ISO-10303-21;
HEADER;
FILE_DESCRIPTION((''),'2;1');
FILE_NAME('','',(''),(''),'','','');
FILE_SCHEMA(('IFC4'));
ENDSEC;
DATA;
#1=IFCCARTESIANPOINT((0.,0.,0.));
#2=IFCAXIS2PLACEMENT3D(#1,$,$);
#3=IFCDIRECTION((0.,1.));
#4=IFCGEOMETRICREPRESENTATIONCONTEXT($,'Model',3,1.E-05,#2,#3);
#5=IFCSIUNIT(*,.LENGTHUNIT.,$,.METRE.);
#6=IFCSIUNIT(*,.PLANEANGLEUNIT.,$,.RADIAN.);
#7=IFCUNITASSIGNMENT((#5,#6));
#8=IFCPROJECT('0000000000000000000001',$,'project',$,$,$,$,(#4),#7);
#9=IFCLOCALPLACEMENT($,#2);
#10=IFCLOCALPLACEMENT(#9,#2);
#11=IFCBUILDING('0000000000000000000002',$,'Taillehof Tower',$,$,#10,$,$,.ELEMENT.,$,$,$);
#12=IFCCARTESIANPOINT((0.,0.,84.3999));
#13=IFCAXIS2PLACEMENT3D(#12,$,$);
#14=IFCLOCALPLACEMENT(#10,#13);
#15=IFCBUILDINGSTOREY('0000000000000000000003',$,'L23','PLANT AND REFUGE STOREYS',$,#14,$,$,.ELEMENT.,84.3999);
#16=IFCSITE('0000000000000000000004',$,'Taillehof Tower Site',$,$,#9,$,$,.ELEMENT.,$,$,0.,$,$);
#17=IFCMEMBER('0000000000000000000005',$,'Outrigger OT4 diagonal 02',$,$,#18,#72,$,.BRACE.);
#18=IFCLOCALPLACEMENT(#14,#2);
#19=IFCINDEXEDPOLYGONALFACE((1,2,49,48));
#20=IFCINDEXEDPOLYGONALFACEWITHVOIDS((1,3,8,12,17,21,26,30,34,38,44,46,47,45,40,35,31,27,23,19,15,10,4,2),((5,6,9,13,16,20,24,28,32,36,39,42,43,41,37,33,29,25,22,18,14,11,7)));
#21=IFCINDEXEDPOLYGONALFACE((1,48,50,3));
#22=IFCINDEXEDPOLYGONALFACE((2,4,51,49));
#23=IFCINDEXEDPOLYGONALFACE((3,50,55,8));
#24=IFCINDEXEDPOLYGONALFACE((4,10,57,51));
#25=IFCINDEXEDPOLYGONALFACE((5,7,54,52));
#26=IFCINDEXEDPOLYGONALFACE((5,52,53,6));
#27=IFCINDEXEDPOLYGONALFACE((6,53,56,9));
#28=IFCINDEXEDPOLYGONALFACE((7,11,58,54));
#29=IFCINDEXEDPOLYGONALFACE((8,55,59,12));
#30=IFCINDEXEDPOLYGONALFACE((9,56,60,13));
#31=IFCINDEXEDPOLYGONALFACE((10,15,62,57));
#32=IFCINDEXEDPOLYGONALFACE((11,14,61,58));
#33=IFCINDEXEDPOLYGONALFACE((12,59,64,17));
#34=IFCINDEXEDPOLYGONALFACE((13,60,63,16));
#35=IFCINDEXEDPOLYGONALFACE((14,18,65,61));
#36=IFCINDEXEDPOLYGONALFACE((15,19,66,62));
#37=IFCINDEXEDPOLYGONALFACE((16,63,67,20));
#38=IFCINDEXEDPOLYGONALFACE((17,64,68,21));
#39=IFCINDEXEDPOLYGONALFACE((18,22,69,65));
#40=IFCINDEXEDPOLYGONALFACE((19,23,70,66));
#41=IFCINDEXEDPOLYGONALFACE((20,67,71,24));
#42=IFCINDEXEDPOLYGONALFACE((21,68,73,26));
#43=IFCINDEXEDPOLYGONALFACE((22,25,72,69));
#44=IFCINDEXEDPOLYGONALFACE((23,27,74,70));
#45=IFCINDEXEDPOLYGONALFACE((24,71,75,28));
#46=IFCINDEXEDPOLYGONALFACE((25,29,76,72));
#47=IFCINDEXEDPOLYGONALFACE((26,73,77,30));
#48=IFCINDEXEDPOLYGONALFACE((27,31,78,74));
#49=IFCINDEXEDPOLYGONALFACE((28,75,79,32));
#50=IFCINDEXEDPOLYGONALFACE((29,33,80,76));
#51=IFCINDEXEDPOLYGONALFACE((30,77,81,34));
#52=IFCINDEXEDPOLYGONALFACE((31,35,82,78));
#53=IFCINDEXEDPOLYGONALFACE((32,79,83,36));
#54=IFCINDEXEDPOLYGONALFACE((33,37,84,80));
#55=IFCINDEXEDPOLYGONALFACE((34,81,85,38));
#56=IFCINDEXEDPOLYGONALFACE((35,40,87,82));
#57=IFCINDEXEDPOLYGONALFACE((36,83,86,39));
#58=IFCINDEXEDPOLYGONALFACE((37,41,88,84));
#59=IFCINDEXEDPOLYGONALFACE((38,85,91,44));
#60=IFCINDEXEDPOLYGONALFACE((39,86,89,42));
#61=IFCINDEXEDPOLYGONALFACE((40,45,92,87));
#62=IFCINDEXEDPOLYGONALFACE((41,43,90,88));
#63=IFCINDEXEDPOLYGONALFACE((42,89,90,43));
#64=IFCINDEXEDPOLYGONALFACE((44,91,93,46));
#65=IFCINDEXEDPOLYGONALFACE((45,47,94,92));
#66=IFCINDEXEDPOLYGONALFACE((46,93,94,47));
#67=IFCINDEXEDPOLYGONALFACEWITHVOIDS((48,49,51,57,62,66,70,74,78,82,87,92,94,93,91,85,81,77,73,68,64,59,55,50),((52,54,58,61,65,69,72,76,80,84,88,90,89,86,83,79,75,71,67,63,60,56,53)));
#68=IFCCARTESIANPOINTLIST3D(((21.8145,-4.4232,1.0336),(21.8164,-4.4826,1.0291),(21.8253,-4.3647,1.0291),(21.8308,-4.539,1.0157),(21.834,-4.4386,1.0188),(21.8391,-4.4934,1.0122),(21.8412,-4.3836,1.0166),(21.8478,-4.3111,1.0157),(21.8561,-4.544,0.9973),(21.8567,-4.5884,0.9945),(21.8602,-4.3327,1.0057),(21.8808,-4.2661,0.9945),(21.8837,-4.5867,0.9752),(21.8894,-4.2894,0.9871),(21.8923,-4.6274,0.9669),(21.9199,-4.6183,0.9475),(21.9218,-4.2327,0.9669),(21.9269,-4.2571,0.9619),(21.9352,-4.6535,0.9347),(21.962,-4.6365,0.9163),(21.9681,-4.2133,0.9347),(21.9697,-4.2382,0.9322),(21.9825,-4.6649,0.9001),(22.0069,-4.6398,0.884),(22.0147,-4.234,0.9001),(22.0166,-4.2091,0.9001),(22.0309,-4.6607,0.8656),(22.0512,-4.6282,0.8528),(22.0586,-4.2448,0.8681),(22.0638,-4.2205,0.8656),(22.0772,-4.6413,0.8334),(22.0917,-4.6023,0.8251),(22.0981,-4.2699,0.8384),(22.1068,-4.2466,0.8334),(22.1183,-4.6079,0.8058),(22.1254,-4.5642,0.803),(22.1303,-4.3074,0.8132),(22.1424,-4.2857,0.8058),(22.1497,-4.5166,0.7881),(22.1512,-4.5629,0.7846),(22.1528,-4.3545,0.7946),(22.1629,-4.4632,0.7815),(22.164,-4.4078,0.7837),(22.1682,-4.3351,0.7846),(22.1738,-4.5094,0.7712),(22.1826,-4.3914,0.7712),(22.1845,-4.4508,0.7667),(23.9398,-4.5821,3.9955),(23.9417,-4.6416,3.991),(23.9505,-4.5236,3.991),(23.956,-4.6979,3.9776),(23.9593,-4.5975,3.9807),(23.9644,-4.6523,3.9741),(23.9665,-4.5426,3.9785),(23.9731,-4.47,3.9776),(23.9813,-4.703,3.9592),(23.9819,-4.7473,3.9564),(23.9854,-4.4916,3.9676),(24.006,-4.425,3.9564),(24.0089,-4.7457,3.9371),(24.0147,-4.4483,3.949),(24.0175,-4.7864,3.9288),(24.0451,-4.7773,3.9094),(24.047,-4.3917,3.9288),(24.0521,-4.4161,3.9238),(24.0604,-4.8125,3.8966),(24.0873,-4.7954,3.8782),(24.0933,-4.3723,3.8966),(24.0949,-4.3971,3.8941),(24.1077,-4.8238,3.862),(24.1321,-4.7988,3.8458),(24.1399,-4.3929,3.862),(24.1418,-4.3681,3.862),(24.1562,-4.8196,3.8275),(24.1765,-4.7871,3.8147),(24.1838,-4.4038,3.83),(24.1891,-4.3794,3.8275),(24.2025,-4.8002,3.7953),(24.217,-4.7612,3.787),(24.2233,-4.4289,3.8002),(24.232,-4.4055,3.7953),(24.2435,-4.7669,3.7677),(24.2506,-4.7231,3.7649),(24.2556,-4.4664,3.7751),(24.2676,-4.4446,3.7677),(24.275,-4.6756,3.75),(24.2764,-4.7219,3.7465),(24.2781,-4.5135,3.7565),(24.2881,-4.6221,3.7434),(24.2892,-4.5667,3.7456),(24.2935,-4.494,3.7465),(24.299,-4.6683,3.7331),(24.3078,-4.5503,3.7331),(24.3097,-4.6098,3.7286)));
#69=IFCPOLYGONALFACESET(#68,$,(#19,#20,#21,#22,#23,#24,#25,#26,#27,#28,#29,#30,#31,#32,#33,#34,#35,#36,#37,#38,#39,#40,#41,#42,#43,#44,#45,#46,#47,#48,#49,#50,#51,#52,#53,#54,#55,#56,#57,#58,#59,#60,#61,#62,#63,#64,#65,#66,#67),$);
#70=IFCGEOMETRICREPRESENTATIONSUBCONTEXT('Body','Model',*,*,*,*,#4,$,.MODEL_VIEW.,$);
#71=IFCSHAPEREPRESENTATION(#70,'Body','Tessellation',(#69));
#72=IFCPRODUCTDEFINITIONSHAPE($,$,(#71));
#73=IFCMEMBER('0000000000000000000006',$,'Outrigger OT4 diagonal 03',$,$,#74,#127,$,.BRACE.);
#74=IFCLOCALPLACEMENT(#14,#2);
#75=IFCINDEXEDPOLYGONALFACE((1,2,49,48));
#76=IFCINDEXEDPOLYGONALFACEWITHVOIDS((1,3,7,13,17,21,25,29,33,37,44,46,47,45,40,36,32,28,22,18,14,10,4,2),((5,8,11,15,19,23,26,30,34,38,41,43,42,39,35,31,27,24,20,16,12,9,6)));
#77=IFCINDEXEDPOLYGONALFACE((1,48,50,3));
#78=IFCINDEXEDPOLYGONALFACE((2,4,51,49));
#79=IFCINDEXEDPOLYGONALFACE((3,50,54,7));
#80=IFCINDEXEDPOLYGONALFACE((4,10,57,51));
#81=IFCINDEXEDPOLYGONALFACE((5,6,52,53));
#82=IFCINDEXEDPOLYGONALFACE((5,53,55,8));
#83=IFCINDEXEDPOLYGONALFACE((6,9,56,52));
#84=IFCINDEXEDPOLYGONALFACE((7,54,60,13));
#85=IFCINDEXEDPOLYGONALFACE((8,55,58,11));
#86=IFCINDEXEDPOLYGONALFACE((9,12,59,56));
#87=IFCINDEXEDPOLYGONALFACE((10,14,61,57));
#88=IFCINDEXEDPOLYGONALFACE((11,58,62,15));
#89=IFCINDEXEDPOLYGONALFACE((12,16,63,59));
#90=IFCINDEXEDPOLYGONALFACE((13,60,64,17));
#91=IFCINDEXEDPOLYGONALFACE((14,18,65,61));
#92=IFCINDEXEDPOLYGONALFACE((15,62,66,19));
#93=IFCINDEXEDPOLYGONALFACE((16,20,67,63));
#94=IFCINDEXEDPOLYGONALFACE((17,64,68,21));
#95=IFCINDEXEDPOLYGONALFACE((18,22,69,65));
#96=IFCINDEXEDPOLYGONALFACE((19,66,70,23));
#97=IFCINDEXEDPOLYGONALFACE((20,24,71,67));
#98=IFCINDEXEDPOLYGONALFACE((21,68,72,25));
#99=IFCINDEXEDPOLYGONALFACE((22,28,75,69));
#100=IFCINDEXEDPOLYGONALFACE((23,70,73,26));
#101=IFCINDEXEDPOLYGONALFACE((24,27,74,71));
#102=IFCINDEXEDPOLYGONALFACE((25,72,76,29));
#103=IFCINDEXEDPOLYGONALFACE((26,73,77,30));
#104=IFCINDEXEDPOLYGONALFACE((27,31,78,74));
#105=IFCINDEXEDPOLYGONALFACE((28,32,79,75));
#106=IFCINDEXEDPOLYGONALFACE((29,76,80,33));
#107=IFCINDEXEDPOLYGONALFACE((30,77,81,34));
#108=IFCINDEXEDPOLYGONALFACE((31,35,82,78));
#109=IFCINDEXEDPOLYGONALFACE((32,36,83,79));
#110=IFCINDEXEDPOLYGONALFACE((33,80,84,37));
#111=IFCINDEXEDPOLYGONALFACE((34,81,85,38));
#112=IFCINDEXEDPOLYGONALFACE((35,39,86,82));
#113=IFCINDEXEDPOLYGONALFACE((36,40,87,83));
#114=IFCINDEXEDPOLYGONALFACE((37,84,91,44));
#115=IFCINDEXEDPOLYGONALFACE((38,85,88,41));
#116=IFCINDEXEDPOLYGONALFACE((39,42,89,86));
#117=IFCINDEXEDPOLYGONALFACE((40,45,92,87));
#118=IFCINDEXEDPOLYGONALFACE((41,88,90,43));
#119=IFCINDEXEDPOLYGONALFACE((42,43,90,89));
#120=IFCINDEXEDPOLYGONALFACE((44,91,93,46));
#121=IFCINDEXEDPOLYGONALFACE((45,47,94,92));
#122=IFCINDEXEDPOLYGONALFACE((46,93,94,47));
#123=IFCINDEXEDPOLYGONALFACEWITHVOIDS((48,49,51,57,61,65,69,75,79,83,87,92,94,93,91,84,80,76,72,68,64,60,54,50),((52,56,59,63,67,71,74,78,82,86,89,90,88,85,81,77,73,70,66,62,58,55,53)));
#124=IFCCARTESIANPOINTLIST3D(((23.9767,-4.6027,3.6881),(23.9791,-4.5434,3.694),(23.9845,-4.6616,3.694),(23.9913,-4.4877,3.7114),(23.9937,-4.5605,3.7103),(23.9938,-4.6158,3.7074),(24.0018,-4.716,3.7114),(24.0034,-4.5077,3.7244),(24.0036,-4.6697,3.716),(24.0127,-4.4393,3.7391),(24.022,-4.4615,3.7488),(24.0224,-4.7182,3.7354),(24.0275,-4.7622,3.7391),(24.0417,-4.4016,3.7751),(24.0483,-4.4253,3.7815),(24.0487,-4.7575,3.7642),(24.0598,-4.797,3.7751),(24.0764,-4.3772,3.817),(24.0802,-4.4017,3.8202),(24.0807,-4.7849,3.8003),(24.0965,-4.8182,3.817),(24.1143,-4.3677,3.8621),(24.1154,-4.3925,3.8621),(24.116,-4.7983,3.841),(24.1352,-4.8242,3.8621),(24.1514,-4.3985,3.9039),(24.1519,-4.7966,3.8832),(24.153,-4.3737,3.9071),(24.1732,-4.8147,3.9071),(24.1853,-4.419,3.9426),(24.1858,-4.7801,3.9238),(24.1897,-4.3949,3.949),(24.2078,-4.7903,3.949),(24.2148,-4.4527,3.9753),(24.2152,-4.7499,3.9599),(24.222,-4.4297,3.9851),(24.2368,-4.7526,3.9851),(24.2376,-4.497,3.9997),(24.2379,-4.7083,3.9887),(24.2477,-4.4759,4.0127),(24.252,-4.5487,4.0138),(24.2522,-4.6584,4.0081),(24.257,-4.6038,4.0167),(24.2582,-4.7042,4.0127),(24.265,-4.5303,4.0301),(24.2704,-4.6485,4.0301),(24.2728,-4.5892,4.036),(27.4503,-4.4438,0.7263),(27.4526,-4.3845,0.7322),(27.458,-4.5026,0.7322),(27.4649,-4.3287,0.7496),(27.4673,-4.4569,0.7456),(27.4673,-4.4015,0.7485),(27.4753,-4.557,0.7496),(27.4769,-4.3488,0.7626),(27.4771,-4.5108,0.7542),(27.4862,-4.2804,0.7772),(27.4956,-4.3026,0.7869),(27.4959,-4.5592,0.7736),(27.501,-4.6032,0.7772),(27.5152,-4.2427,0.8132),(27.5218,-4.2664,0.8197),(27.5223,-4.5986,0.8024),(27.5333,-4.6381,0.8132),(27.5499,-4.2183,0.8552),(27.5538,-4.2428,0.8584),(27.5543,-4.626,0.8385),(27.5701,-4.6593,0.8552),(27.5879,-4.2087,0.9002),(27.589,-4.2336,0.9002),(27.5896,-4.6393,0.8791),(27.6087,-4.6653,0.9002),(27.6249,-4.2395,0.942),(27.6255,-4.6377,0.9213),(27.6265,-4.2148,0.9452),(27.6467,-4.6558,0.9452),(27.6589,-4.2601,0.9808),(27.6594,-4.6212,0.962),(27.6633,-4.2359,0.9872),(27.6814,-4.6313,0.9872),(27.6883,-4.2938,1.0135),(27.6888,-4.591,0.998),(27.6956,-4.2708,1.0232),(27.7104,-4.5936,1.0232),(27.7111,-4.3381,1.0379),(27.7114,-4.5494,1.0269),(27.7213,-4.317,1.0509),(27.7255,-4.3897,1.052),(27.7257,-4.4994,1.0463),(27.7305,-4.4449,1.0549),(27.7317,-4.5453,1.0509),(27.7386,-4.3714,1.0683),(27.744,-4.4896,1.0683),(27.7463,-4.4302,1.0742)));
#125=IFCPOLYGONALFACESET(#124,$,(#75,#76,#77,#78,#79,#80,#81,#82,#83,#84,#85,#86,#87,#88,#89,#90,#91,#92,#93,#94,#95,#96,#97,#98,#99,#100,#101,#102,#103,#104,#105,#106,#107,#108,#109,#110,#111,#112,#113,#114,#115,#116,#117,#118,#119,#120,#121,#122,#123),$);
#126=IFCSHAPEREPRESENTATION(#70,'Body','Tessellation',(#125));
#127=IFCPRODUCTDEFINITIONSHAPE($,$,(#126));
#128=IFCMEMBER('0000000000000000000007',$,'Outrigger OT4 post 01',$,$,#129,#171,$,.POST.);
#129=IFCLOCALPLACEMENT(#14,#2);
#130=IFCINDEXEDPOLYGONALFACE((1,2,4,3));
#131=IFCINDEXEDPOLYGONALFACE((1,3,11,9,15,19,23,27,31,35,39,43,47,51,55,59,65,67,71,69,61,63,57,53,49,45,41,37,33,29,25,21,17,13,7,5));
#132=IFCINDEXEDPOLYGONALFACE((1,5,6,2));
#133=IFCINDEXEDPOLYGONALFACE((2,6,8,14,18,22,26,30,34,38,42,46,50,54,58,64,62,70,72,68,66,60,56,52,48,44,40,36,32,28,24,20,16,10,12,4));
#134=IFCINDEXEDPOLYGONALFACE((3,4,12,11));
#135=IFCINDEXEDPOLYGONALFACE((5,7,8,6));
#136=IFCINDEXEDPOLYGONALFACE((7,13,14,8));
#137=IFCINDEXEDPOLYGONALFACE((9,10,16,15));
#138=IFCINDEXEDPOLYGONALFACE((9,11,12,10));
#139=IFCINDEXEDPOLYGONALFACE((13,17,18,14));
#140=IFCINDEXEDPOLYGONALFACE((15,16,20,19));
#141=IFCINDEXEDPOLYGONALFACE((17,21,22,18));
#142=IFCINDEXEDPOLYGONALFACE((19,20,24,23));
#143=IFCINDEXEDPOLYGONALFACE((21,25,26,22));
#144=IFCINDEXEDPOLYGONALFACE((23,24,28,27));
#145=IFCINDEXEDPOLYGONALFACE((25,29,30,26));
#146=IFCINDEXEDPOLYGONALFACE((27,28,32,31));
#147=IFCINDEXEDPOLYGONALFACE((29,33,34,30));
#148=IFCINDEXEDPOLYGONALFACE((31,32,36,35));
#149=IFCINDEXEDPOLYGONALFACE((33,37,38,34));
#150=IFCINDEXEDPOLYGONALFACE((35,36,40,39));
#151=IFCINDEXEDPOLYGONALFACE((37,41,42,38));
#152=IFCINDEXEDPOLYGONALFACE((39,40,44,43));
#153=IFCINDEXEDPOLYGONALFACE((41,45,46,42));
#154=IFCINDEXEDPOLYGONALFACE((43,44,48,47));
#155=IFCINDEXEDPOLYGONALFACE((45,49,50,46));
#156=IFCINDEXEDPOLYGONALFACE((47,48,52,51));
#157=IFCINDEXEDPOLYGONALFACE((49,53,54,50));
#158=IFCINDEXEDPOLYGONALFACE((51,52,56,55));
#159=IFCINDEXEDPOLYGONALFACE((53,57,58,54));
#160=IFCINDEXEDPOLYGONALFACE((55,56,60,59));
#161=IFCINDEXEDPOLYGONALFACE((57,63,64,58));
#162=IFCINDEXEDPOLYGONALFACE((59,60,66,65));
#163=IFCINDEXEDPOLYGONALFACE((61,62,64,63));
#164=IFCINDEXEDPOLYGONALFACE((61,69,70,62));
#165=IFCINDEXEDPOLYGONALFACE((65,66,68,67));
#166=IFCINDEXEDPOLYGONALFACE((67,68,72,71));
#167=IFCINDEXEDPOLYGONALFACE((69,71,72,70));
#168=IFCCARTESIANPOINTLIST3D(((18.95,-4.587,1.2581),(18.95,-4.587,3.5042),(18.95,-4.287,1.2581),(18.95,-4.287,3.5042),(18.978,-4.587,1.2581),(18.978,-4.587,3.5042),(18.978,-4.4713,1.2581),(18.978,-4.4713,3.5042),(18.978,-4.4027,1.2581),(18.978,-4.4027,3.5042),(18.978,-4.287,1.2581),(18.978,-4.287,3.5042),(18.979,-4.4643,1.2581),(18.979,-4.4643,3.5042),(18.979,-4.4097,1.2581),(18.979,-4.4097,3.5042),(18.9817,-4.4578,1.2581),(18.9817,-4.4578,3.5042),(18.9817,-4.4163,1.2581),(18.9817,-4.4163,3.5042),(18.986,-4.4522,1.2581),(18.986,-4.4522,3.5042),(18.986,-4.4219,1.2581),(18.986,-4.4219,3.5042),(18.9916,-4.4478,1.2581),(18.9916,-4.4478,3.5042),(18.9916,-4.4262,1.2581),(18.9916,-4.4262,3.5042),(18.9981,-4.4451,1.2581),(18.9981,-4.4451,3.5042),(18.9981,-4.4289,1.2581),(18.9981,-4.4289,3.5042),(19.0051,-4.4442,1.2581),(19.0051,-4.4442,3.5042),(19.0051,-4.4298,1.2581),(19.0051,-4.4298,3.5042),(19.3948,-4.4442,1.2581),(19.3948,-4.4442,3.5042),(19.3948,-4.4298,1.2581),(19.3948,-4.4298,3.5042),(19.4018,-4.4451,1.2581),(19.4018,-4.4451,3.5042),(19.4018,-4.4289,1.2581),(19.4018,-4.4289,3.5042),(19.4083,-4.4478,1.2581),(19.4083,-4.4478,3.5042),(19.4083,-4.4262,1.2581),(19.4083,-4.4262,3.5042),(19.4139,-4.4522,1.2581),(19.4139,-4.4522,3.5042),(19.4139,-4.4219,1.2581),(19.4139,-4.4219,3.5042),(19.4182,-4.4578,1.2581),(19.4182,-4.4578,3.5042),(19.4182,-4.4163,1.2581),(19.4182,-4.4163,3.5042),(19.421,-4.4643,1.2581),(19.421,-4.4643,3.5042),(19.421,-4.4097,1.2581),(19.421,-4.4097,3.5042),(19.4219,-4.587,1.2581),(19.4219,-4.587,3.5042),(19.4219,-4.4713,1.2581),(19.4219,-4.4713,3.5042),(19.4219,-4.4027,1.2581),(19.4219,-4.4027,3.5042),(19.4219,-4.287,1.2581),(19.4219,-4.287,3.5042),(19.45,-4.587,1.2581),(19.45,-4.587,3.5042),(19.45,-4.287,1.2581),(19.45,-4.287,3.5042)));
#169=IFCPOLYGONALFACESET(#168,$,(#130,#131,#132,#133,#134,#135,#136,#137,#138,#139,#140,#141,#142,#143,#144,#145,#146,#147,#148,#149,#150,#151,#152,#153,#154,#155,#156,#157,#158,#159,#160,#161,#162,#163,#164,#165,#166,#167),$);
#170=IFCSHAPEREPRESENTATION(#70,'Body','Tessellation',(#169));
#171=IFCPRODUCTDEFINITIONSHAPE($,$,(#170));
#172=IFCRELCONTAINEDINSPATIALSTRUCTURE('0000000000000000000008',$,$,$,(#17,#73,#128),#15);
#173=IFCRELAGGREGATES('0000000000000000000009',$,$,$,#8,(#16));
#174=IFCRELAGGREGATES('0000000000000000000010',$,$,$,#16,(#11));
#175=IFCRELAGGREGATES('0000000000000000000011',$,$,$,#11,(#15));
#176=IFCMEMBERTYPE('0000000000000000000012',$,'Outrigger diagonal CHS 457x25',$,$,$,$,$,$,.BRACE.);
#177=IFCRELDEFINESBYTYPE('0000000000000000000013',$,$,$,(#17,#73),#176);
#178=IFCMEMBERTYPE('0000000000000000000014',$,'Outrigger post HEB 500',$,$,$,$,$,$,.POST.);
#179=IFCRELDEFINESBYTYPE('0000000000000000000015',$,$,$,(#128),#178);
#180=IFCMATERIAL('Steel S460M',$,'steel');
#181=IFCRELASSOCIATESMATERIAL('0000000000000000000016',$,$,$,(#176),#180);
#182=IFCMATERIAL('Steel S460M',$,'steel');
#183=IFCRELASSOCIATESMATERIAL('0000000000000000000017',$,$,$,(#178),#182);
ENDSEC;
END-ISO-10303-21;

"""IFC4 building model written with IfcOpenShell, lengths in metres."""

from ifc_helpers import new_model, si_unit, direction, frame, origin, origin_2d, place, context, subcontext, project, spatial, hollow_circle, i_section, extrude, material, material_profile, profile_set, type_object, element, save


model = new_model("IFC4")

# Units and contexts
model_context = context("Model", 3, precision=1e-05, world=origin(), true_north=direction((0.0, 1.0)))
body_context = subcontext(model_context, "Body", "Model", "MODEL_VIEW")
ifc_project = project(units=[si_unit("LENGTHUNIT", "METRE"), si_unit("PLANEANGLEUNIT", "RADIAN")], contexts=[model_context])

# Site, building, storey
site_placement = place(None, origin())
site = spatial("IfcSite", under=ifc_project, at=site_placement, Name="Taillehof Tower Site", CompositionType="ELEMENT", RefElevation=0.0)
building_placement = place(site_placement, origin())
building = spatial("IfcBuilding", under=site, at=building_placement, Name="Taillehof Tower", CompositionType="ELEMENT")
storey_placement = place(building_placement, frame((0.0, 0.0, 84.3999)))
storey = spatial("IfcBuildingStorey", under=building, at=storey_placement, Name="L23", Description="PLANT AND REFUGE STOREYS", CompositionType="ELEMENT", Elevation=84.3999)

# Members
ifc_material_1 = material(Name="Steel S460M", Category="steel")
ifc_material_profile_1 = material_profile(ifc_material_1, hollow_circle(Radius=0.2285, WallThickness=0.0249, at=origin_2d()), Name="CHS 457x25")
ifc_profile_set_1 = profile_set([ifc_material_profile_1], Name="Steel S460M")
member_type_1 = type_object("IfcMemberType", Name="Outrigger diagonal CHS 457x25", PredefinedType="BRACE", material=ifc_profile_set_1)
member_1_placement = place(storey_placement, frame((21.9995, -4.437, 0.9001), z_axis=(0.582426, -0.043556, 0.811716), x_axis=(0.074576, 0.997215, 0.0)))
element("IfcMember", 1, at=member_1_placement, inside=storey, type_object=member_type_1, Name="Outrigger OT4 diagonal 02", PredefinedType="BRACE", context=body_context, shape_type="SweptSolid", body=[
    extrude(hollow_circle(Radius=0.2285, WallThickness=0.0249, at=origin_2d()), origin(), (0.0, 0.0, 1.0), 3.6489),
])
member_2_placement = place(storey_placement, frame((24.1248, -4.5959, 3.8621), z_axis=(0.760469, 0.034795, -0.648441), x_axis=(-0.045707, 0.998955, 0.0)))
element("IfcMember", 2, at=member_2_placement, inside=storey, type_object=member_type_1, Name="Outrigger OT4 diagonal 03", PredefinedType="BRACE", context=body_context, shape_type="SweptSolid", body=[
    extrude(hollow_circle(Radius=0.2285, WallThickness=0.0249, at=origin_2d()), origin(), (0.0, 0.0, 1.0), 4.5676),
])
ifc_material_2 = material(Name="Steel S460M", Category="steel")
ifc_material_profile_2 = material_profile(ifc_material_2, i_section(OverallWidth=0.3, OverallDepth=0.5, WebThickness=0.0144, FlangeThickness=0.0281, FilletRadius=0.0271, at=origin_2d()), Name="HEB 500")
ifc_profile_set_2 = profile_set([ifc_material_profile_2], Name="Steel S460M")
member_type_2 = type_object("IfcMemberType", Name="Outrigger post HEB 500", PredefinedType="POST", material=ifc_profile_set_2)
member_3_placement = place(storey_placement, frame((19.2, -4.437, 1.2581), z_axis=(0.0, 0.0, 1.0), x_axis=(0.0, -1.0, 0.0)))
element("IfcMember", 3, at=member_3_placement, inside=storey, type_object=member_type_2, Name="Outrigger OT4 post 01", PredefinedType="POST", context=body_context, shape_type="SweptSolid", body=[
    extrude(i_section(OverallWidth=0.3, OverallDepth=0.5, WebThickness=0.0144, FlangeThickness=0.0281, FilletRadius=0.0271, at=origin_2d()), origin(), (0.0, 0.0, 1.0), 2.2461),
])

save(model, "model.ifc")
